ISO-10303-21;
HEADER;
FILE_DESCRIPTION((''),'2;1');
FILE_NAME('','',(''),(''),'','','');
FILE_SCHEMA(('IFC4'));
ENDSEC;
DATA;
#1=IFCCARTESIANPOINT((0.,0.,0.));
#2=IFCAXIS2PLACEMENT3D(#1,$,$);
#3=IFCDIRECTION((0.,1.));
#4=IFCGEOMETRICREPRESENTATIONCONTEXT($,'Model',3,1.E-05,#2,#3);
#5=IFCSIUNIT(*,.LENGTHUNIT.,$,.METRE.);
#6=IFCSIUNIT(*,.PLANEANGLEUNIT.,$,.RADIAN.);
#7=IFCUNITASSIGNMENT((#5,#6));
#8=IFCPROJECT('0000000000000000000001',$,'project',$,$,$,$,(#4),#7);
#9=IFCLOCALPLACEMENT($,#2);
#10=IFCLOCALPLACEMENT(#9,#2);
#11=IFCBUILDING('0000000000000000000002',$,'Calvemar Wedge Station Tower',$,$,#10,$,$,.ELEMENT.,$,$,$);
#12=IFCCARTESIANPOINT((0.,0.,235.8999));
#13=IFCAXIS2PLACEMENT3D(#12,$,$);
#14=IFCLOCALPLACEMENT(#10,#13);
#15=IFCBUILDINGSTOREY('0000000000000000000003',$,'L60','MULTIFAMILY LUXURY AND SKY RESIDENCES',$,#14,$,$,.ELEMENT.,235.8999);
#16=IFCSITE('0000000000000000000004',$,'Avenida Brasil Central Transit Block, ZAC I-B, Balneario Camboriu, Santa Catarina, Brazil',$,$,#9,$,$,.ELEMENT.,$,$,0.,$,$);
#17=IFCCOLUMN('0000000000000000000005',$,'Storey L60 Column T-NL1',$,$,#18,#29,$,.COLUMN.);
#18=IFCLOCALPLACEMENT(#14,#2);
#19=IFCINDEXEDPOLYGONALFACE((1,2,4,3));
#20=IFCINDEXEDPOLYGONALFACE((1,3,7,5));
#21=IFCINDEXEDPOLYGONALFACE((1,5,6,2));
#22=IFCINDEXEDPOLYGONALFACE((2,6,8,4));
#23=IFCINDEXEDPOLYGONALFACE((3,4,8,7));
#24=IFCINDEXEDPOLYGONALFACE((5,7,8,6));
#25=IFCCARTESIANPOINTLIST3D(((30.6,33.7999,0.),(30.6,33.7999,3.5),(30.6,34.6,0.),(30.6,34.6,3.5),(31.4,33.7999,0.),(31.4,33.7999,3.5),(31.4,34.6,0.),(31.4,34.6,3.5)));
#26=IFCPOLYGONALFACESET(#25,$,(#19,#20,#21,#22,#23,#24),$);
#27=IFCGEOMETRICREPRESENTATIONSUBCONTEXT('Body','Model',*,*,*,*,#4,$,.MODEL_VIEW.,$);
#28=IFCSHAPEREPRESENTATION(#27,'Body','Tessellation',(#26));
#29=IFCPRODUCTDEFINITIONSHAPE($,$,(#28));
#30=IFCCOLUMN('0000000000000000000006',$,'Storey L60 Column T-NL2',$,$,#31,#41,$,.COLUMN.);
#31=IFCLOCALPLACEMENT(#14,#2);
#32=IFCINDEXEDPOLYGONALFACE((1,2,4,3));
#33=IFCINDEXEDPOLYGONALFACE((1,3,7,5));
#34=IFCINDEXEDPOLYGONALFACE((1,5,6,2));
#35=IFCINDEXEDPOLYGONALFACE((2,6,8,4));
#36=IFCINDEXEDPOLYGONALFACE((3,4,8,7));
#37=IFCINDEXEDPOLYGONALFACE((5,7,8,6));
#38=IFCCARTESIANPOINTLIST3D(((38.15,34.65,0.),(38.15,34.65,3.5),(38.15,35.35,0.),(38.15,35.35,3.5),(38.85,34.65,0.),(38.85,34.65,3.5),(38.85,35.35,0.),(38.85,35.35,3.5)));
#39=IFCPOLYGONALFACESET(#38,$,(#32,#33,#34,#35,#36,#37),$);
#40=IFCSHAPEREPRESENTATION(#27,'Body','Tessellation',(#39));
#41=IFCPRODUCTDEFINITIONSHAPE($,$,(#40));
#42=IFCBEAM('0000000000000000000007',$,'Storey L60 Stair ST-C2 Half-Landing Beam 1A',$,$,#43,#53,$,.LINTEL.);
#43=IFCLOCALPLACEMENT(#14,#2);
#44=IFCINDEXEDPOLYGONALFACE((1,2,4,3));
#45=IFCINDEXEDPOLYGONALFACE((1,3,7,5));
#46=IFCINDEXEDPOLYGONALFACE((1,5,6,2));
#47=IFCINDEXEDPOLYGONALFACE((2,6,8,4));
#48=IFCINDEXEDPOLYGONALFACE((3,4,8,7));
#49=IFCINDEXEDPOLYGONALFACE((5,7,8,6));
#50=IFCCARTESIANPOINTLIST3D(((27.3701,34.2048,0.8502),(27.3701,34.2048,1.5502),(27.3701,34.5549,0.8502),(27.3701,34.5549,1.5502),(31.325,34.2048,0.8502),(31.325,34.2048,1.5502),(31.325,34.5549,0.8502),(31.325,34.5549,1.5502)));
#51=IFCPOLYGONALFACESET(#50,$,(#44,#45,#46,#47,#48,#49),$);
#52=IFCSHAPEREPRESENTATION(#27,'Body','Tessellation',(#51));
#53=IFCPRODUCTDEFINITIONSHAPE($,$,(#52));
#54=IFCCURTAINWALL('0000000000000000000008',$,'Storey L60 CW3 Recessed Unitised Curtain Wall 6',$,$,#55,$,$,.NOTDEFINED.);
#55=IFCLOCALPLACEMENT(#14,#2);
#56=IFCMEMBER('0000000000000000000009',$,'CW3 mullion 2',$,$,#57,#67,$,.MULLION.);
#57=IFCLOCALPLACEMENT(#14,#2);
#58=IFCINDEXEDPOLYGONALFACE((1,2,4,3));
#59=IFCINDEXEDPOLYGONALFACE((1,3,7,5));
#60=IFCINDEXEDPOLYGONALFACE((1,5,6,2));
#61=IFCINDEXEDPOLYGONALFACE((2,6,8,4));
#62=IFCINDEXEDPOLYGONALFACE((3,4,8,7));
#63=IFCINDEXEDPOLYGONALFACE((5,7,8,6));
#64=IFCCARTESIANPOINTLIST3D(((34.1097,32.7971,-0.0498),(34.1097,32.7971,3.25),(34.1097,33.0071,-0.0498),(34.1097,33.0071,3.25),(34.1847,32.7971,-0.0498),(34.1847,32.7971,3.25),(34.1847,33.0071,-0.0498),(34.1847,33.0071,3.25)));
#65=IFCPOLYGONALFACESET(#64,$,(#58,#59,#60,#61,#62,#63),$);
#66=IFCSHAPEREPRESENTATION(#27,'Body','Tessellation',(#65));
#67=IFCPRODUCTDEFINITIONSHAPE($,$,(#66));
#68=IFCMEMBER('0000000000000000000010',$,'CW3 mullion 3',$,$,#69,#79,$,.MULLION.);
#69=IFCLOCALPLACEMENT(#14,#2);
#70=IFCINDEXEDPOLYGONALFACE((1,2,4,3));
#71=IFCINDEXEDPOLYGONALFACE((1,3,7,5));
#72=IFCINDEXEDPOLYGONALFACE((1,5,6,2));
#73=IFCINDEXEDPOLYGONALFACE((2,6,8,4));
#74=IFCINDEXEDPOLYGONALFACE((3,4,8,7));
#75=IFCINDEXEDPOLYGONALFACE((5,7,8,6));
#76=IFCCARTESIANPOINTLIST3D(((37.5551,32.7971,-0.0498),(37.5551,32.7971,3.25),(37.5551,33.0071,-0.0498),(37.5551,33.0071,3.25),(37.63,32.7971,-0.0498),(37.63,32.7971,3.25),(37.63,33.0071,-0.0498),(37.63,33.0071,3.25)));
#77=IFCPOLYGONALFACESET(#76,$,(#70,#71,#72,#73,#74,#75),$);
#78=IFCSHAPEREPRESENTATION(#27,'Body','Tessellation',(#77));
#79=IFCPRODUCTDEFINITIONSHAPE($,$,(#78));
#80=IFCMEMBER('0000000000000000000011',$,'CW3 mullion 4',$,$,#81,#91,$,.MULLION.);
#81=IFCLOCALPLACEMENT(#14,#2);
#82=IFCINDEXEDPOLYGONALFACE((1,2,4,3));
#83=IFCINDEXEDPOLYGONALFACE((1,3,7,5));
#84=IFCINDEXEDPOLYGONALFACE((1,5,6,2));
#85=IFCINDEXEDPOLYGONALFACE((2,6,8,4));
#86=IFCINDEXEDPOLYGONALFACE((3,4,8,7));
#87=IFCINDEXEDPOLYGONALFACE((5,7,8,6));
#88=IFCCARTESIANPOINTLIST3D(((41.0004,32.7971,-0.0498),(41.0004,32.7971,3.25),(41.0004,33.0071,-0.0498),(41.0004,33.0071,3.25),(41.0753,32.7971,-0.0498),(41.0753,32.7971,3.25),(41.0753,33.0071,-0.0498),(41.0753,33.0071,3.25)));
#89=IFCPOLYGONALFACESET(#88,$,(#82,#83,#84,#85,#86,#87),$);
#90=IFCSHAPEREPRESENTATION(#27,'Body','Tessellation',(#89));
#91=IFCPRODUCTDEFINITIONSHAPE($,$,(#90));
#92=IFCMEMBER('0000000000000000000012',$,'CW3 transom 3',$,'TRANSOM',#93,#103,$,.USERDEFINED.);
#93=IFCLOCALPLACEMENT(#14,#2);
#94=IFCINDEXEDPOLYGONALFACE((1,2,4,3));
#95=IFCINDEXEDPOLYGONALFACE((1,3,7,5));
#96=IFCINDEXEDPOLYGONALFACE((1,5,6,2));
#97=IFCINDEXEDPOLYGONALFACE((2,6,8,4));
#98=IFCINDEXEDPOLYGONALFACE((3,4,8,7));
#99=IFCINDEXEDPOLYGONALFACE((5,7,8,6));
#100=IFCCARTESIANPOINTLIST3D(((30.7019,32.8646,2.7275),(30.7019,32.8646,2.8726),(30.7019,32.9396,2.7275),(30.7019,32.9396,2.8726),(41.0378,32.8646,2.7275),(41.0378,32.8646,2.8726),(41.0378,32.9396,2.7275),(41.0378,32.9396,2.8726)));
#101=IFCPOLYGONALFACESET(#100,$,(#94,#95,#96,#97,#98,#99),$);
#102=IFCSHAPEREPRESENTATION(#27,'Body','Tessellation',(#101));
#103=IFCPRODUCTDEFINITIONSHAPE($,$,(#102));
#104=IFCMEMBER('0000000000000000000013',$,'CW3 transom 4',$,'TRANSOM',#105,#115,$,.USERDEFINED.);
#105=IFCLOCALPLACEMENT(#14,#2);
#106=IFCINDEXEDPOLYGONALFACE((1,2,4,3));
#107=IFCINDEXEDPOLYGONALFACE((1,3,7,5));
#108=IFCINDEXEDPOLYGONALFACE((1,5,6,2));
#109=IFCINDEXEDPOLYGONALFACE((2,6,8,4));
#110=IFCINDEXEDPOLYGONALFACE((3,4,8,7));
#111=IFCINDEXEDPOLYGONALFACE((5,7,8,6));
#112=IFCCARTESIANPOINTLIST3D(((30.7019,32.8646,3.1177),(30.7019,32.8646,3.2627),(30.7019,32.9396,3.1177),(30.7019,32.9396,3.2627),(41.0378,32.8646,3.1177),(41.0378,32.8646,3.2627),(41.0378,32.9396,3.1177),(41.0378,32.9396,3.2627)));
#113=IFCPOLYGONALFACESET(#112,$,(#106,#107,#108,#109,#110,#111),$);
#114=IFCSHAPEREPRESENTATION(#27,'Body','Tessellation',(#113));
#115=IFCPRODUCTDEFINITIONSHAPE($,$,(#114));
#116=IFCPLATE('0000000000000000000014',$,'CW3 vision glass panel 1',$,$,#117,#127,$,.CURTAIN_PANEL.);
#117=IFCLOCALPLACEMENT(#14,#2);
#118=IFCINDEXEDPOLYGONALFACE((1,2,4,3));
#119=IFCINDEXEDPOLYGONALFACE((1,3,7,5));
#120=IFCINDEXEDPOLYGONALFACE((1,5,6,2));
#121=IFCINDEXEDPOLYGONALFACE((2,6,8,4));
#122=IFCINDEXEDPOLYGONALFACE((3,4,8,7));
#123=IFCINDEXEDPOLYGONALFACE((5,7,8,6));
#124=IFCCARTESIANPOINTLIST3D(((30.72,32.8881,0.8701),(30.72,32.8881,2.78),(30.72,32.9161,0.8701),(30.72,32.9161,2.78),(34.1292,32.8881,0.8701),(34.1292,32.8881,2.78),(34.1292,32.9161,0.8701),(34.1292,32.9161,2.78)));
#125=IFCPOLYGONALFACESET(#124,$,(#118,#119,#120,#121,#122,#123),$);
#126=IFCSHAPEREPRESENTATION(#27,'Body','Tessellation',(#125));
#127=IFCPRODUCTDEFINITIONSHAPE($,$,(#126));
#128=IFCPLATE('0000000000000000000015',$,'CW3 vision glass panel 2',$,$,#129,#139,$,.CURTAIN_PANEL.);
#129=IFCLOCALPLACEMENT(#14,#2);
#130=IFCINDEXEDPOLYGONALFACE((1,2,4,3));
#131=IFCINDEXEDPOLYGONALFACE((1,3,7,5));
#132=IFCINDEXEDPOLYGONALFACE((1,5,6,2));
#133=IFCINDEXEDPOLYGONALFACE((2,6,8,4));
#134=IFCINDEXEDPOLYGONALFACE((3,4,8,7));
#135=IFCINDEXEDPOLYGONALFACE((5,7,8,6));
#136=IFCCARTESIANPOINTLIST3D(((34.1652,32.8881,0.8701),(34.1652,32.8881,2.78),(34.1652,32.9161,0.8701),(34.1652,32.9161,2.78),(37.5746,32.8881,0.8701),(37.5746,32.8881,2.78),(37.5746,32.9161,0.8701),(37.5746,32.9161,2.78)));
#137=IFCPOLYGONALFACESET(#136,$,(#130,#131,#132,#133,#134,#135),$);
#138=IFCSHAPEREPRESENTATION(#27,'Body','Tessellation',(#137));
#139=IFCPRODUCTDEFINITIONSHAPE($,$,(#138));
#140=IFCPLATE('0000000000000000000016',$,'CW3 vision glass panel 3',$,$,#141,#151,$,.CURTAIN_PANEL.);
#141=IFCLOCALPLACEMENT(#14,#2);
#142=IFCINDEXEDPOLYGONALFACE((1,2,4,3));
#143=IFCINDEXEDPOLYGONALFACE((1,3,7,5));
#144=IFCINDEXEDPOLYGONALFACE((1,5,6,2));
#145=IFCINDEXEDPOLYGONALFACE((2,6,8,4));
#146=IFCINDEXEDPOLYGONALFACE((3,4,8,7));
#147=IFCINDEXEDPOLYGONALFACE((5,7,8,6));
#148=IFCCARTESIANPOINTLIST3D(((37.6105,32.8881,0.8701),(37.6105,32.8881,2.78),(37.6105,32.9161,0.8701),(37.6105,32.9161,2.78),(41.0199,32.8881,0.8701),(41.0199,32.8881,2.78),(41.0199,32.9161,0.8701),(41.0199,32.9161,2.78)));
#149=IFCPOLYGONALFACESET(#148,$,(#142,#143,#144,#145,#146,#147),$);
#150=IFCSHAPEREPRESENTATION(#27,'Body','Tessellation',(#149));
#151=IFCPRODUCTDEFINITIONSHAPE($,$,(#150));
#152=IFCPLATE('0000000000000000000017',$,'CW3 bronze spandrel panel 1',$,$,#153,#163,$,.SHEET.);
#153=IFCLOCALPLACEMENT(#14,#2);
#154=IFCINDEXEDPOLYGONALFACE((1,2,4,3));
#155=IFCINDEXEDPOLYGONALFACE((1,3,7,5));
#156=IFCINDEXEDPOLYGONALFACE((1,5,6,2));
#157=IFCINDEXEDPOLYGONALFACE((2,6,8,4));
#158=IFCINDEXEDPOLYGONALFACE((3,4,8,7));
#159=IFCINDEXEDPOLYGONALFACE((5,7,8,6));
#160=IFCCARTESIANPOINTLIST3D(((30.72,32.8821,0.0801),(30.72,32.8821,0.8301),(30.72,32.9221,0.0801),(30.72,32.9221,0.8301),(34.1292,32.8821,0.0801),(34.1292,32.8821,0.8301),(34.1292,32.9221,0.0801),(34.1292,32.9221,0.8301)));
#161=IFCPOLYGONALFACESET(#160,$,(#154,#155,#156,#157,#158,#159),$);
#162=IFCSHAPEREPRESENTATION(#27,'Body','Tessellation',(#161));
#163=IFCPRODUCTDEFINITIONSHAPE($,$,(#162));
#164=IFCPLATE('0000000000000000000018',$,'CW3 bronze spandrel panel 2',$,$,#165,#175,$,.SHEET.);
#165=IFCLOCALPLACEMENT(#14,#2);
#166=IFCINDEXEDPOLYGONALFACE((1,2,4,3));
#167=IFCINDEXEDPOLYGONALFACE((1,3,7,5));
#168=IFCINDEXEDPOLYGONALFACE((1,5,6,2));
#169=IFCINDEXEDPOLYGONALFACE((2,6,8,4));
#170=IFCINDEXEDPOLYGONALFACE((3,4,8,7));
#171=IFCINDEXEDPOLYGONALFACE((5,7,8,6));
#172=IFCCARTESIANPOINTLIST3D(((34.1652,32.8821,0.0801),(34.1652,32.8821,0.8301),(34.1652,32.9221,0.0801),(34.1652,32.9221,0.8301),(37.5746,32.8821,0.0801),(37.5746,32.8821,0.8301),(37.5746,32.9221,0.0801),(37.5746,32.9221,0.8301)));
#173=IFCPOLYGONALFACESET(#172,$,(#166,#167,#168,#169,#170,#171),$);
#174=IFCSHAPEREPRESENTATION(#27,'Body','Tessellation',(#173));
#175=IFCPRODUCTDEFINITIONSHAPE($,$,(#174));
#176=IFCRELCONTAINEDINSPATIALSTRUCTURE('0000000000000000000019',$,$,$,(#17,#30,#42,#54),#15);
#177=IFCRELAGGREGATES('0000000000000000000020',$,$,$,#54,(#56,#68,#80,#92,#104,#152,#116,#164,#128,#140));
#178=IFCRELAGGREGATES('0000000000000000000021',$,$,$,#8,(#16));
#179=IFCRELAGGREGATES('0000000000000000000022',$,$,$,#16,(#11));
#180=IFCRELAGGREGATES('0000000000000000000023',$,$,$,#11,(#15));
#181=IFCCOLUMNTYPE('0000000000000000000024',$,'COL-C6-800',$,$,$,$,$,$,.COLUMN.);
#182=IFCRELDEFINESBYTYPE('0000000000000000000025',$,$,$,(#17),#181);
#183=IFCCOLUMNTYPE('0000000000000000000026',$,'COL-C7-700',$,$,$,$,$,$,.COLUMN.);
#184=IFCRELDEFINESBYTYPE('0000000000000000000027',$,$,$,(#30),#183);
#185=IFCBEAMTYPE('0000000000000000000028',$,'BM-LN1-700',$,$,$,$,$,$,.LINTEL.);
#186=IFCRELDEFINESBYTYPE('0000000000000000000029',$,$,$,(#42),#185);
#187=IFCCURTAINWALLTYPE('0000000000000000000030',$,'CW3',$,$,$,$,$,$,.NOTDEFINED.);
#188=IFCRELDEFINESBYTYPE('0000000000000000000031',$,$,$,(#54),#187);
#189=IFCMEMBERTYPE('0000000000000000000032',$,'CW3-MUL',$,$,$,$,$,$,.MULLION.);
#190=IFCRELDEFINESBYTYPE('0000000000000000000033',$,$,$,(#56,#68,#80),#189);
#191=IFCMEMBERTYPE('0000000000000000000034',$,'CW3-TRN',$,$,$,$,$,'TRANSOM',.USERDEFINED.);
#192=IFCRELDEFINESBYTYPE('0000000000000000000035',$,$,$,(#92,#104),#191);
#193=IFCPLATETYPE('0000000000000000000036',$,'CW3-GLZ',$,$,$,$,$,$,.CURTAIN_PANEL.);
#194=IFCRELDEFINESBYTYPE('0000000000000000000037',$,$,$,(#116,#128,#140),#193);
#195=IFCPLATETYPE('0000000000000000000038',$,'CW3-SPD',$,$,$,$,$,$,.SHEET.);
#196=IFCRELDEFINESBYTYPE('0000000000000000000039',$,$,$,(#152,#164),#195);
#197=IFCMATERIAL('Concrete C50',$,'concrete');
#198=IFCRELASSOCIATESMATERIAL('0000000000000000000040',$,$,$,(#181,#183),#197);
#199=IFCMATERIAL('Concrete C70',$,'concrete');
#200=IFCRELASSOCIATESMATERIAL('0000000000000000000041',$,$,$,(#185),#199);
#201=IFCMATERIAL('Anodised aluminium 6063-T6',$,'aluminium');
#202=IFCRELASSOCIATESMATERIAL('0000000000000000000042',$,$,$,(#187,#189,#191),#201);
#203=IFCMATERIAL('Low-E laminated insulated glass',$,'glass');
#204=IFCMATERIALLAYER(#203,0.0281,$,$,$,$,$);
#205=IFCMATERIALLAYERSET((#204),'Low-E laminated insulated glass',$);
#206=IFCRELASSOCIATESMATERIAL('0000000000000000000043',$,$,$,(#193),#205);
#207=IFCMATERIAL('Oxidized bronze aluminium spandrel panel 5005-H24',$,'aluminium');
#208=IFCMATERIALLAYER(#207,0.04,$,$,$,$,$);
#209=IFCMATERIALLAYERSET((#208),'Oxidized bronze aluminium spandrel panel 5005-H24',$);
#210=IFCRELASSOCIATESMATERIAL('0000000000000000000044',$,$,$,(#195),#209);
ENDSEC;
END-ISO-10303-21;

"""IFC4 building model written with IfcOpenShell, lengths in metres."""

from ifc_helpers import new_model, si_unit, direction, frame, frame_2d, origin, origin_2d, place, context, subcontext, project, spatial, rectangle, extrude, source, transform, mapped, material, layer, layer_set, material_profile, profile_set, type_object, element, aggregate, save


model = new_model("IFC4")

# Units and contexts
model_context = context("Model", 3, precision=1e-05, world=origin(), true_north=direction((0.0, 1.0)))
body_context = subcontext(model_context, "Body", "Model", "MODEL_VIEW")
ifc_project = project(units=[si_unit("LENGTHUNIT", "METRE"), si_unit("PLANEANGLEUNIT", "RADIAN")], contexts=[model_context])

# Site, building, storey
site_placement = place(None, origin())
site = spatial("IfcSite", under=ifc_project, at=site_placement, Name="Avenida Brasil Central Transit Block, ZAC I-B, Balneario Camboriu, Santa Catarina, Brazil", CompositionType="ELEMENT", RefElevation=0.0)
building_placement = place(site_placement, origin())
building = spatial("IfcBuilding", under=site, at=building_placement, Name="Calvemar Wedge Station Tower", CompositionType="ELEMENT")
storey_placement = place(building_placement, frame((0.0, 0.0, 235.8999)))
storey = spatial("IfcBuildingStorey", under=building, at=storey_placement, Name="L60", Description="MULTIFAMILY LUXURY AND SKY RESIDENCES", CompositionType="ELEMENT", Elevation=235.8999)

# Columns
ifc_material_1 = material(Name="Concrete C50", Category="concrete")
ifc_material_profile_1 = material_profile(ifc_material_1, rectangle(XDim=0.8, YDim=0.8, at=origin_2d()), Name="RC800x800")
ifc_profile_set_1 = profile_set([ifc_material_profile_1], Name="Concrete C50")
column_type_1 = type_object("IfcColumnType", Name="COL-C6-800", PredefinedType="COLUMN", material=ifc_profile_set_1)
shared_shape_1 = source(origin(), body_context, "Body", "SweptSolid", [
    extrude(rectangle(XDim=0.8, YDim=0.8, at=origin_2d()), origin(), (0.0, 0.0, 1.0), 3.5),
])
column_1_placement = place(storey_placement, frame((31.0, 34.2, 0.0), z_axis=(0.0, 0.0, 1.0), x_axis=(1.0, 0.0, 0.0)))
element("IfcColumn", 1, at=column_1_placement, inside=storey, type_object=column_type_1, Name="Storey L60 Column T-NL1", PredefinedType="COLUMN", context=body_context, shape_type="MappedRepresentation", body=[
    mapped(shared_shape_1, transform((0.0, 0.0, 0.0), scale=1.0)),
])
ifc_material_profile_2 = material_profile(ifc_material_1, rectangle(XDim=0.7, YDim=0.7, at=origin_2d()), Name="RC700x700")
ifc_profile_set_2 = profile_set([ifc_material_profile_2], Name="Concrete C50")
column_type_2 = type_object("IfcColumnType", Name="COL-C7-700", PredefinedType="COLUMN", material=ifc_profile_set_2)
shared_shape_2 = source(origin(), body_context, "Body", "SweptSolid", [
    extrude(rectangle(XDim=0.7, YDim=0.7, at=origin_2d()), origin(), (0.0, 0.0, 1.0), 3.5),
])
column_2_placement = place(storey_placement, frame((38.5, 35.0, 0.0), z_axis=(0.0, 0.0, 1.0), x_axis=(1.0, 0.0, 0.0)))
element("IfcColumn", 2, at=column_2_placement, inside=storey, type_object=column_type_2, Name="Storey L60 Column T-NL2", PredefinedType="COLUMN", context=body_context, shape_type="MappedRepresentation", body=[
    mapped(shared_shape_2, transform((0.0, 0.0, 0.0), scale=1.0)),
])

# Beam
ifc_material_2 = material(Name="Concrete C70", Category="concrete")
ifc_material_profile_3 = material_profile(ifc_material_2, rectangle(XDim=0.3501, YDim=0.7, at=origin_2d()), Name="RC350x700")
ifc_profile_set_3 = profile_set([ifc_material_profile_3], Name="Concrete C70")
beam_type = type_object("IfcBeamType", Name="BM-LN1-700", PredefinedType="LINTEL", material=ifc_profile_set_3)
shared_shape_3 = source(origin(), body_context, "Body", "SweptSolid", [
    extrude(rectangle(XDim=0.3501, YDim=0.7, at=origin_2d()), origin(), (0.0, 0.0, 1.0), 3.9548),
])
beam_placement = place(storey_placement, frame((27.3701, 34.3799, 1.2002), z_axis=(1.0, 0.0, 0.0), x_axis=(0.0, 1.0, 0.0)))
element("IfcBeam", 3, at=beam_placement, inside=storey, type_object=beam_type, Name="Storey L60 Stair ST-C2 Half-Landing Beam 1A", PredefinedType="LINTEL", context=body_context, shape_type="MappedRepresentation", body=[
    mapped(shared_shape_3, transform((0.0, 0.0, 0.0), scale=1.0)),
])

# Curtain wall, members, plates
ifc_material_3 = material(Name="Anodised aluminium 6063-T6", Category="aluminium")
curtain_wall_type = type_object("IfcCurtainWallType", Name="CW3", PredefinedType="NOTDEFINED", material=ifc_material_3)
curtain_wall_placement = place(storey_placement, origin())
curtain_wall = element("IfcCurtainWall", 4, at=curtain_wall_placement, inside=storey, type_object=curtain_wall_type, Name="Storey L60 CW3 Recessed Unitised Curtain Wall 6", PredefinedType="NOTDEFINED")
ifc_material_profile_4 = material_profile(ifc_material_3, rectangle(XDim=0.075, YDim=0.21, at=origin_2d()), Name="AL-MUL-75x210")
ifc_profile_set_4 = profile_set([ifc_material_profile_4], Name="Anodised aluminium 6063-T6")
member_type_1 = type_object("IfcMemberType", Name="CW3-MUL", PredefinedType="MULLION", material=ifc_profile_set_4)
shared_shape_4 = source(origin(), body_context, "Body", "SweptSolid", [
    extrude(rectangle(XDim=0.075, YDim=0.21, at=origin_2d()), origin(), (0.0, 0.0, 1.0), 3.2998),
])
member_1_placement = place(storey_placement, frame((34.1472, 32.9021, -0.0498), z_axis=(0.0, 0.0, 1.0), x_axis=(1.0, 0.0, 0.0)))
member_1 = element("IfcMember", 5, at=member_1_placement, type_object=member_type_1, Name="CW3 mullion 2", PredefinedType="MULLION", context=body_context, shape_type="MappedRepresentation", body=[
    mapped(shared_shape_4, transform((0.0, 0.0, 0.0), scale=1.0)),
])
member_2_placement = place(storey_placement, frame((37.5925, 32.9021, -0.0498), z_axis=(0.0, 0.0, 1.0), x_axis=(1.0, 0.0, 0.0)))
member_2 = element("IfcMember", 6, at=member_2_placement, type_object=member_type_1, Name="CW3 mullion 3", PredefinedType="MULLION", context=body_context, shape_type="MappedRepresentation", body=[
    mapped(shared_shape_4, transform((0.0, 0.0, 0.0), scale=1.0)),
])
member_3_placement = place(storey_placement, frame((41.0378, 32.9021, -0.0498), z_axis=(0.0, 0.0, 1.0), x_axis=(1.0, 0.0, 0.0)))
member_3 = element("IfcMember", 7, at=member_3_placement, type_object=member_type_1, Name="CW3 mullion 4", PredefinedType="MULLION", context=body_context, shape_type="MappedRepresentation", body=[
    mapped(shared_shape_4, transform((0.0, 0.0, 0.0), scale=1.0)),
])
ifc_material_profile_5 = material_profile(ifc_material_3, rectangle(XDim=0.075, YDim=0.145, at=origin_2d()), Name="AL-TRN-75x145")
ifc_profile_set_5 = profile_set([ifc_material_profile_5], Name="Anodised aluminium 6063-T6")
member_type_2 = type_object("IfcMemberType", Name="CW3-TRN", ElementType="TRANSOM", PredefinedType="USERDEFINED", material=ifc_profile_set_5)
shared_shape_5 = source(origin(), body_context, "Body", "SweptSolid", [
    extrude(rectangle(XDim=0.075, YDim=0.145, at=origin_2d()), origin(), (0.0, 0.0, 1.0), 10.3359),
])
member_4_placement = place(storey_placement, frame((30.7019, 32.9021, 2.8), z_axis=(1.0, 0.0, 0.0), x_axis=(0.0, 1.0, 0.0)))
member_4 = element("IfcMember", 8, at=member_4_placement, type_object=member_type_2, Name="CW3 transom 3", ObjectType="TRANSOM", PredefinedType="USERDEFINED", context=body_context, shape_type="MappedRepresentation", body=[
    mapped(shared_shape_5, transform((0.0, 0.0, 0.0), scale=1.0)),
])
member_5_placement = place(storey_placement, frame((30.7019, 32.9021, 3.1902), z_axis=(1.0, 0.0, 0.0), x_axis=(0.0, 1.0, 0.0)))
member_5 = element("IfcMember", 9, at=member_5_placement, type_object=member_type_2, Name="CW3 transom 4", ObjectType="TRANSOM", PredefinedType="USERDEFINED", context=body_context, shape_type="MappedRepresentation", body=[
    mapped(shared_shape_5, transform((0.0, 0.0, 0.0), scale=1.0)),
])
ifc_material_4 = material(Name="Low-E laminated insulated glass", Category="glass")
ifc_layer_1 = layer(ifc_material_4, 0.0281)
ifc_layer_set_1 = layer_set([ifc_layer_1], Name="Low-E laminated insulated glass")
plate_type_1 = type_object("IfcPlateType", Name="CW3-GLZ", PredefinedType="CURTAIN_PANEL", material=ifc_layer_set_1)
plate_1_placement = place(storey_placement, frame((30.72, 32.9021, 0.8701), z_axis=(0.0, 0.0, 1.0), x_axis=(1.0, 0.0, 0.0)))
plate_1 = element("IfcPlate", 10, at=plate_1_placement, type_object=plate_type_1, Name="CW3 vision glass panel 1", PredefinedType="CURTAIN_PANEL", context=body_context, shape_type="SweptSolid", body=[
    extrude(rectangle(XDim=3.4092, YDim=0.0281, at=frame_2d((1.7046, 0.0))), origin(), (0.0, 0.0, 1.0), 1.9099),
])
plate_2_placement = place(storey_placement, frame((34.1653, 32.9021, 0.8701), z_axis=(0.0, 0.0, 1.0), x_axis=(1.0, 0.0, 0.0)))
plate_2 = element("IfcPlate", 11, at=plate_2_placement, type_object=plate_type_1, Name="CW3 vision glass panel 2", PredefinedType="CURTAIN_PANEL", context=body_context, shape_type="SweptSolid", body=[
    extrude(rectangle(XDim=3.4094, YDim=0.0281, at=frame_2d((1.7046, 0.0))), origin(), (0.0, 0.0, 1.0), 1.9099),
])
plate_3_placement = place(storey_placement, frame((37.6106, 32.9021, 0.8701), z_axis=(0.0, 0.0, 1.0), x_axis=(1.0, 0.0, 0.0)))
plate_3 = element("IfcPlate", 12, at=plate_3_placement, type_object=plate_type_1, Name="CW3 vision glass panel 3", PredefinedType="CURTAIN_PANEL", context=body_context, shape_type="SweptSolid", body=[
    extrude(rectangle(XDim=3.4094, YDim=0.0281, at=frame_2d((1.7046, 0.0))), origin(), (0.0, 0.0, 1.0), 1.9099),
])
ifc_material_5 = material(Name="Oxidized bronze aluminium spandrel panel 5005-H24", Category="aluminium")
ifc_layer_2 = layer(ifc_material_5, 0.04)
ifc_layer_set_2 = layer_set([ifc_layer_2], Name="Oxidized bronze aluminium spandrel panel 5005-H24")
plate_type_2 = type_object("IfcPlateType", Name="CW3-SPD", PredefinedType="SHEET", material=ifc_layer_set_2)
plate_4_placement = place(storey_placement, frame((30.72, 32.9021, 0.0801), z_axis=(0.0, 0.0, 1.0), x_axis=(1.0, 0.0, 0.0)))
plate_4 = element("IfcPlate", 13, at=plate_4_placement, type_object=plate_type_2, Name="CW3 bronze spandrel panel 1", PredefinedType="SHEET", context=body_context, shape_type="SweptSolid", body=[
    extrude(rectangle(XDim=3.4092, YDim=0.04, at=frame_2d((1.7046, 0.0))), origin(), (0.0, 0.0, 1.0), 0.75),
])
plate_5_placement = place(storey_placement, frame((34.1653, 32.9021, 0.0801), z_axis=(0.0, 0.0, 1.0), x_axis=(1.0, 0.0, 0.0)))
plate_5 = element("IfcPlate", 14, at=plate_5_placement, type_object=plate_type_2, Name="CW3 bronze spandrel panel 2", PredefinedType="SHEET", context=body_context, shape_type="SweptSolid", body=[
    extrude(rectangle(XDim=3.4094, YDim=0.04, at=frame_2d((1.7046, 0.0))), origin(), (0.0, 0.0, 1.0), 0.75),
])
aggregate(curtain_wall, [member_1, member_2, member_3, member_4, member_5, plate_4, plate_1, plate_5, plate_2, plate_3])

save(model, "model.ifc")
